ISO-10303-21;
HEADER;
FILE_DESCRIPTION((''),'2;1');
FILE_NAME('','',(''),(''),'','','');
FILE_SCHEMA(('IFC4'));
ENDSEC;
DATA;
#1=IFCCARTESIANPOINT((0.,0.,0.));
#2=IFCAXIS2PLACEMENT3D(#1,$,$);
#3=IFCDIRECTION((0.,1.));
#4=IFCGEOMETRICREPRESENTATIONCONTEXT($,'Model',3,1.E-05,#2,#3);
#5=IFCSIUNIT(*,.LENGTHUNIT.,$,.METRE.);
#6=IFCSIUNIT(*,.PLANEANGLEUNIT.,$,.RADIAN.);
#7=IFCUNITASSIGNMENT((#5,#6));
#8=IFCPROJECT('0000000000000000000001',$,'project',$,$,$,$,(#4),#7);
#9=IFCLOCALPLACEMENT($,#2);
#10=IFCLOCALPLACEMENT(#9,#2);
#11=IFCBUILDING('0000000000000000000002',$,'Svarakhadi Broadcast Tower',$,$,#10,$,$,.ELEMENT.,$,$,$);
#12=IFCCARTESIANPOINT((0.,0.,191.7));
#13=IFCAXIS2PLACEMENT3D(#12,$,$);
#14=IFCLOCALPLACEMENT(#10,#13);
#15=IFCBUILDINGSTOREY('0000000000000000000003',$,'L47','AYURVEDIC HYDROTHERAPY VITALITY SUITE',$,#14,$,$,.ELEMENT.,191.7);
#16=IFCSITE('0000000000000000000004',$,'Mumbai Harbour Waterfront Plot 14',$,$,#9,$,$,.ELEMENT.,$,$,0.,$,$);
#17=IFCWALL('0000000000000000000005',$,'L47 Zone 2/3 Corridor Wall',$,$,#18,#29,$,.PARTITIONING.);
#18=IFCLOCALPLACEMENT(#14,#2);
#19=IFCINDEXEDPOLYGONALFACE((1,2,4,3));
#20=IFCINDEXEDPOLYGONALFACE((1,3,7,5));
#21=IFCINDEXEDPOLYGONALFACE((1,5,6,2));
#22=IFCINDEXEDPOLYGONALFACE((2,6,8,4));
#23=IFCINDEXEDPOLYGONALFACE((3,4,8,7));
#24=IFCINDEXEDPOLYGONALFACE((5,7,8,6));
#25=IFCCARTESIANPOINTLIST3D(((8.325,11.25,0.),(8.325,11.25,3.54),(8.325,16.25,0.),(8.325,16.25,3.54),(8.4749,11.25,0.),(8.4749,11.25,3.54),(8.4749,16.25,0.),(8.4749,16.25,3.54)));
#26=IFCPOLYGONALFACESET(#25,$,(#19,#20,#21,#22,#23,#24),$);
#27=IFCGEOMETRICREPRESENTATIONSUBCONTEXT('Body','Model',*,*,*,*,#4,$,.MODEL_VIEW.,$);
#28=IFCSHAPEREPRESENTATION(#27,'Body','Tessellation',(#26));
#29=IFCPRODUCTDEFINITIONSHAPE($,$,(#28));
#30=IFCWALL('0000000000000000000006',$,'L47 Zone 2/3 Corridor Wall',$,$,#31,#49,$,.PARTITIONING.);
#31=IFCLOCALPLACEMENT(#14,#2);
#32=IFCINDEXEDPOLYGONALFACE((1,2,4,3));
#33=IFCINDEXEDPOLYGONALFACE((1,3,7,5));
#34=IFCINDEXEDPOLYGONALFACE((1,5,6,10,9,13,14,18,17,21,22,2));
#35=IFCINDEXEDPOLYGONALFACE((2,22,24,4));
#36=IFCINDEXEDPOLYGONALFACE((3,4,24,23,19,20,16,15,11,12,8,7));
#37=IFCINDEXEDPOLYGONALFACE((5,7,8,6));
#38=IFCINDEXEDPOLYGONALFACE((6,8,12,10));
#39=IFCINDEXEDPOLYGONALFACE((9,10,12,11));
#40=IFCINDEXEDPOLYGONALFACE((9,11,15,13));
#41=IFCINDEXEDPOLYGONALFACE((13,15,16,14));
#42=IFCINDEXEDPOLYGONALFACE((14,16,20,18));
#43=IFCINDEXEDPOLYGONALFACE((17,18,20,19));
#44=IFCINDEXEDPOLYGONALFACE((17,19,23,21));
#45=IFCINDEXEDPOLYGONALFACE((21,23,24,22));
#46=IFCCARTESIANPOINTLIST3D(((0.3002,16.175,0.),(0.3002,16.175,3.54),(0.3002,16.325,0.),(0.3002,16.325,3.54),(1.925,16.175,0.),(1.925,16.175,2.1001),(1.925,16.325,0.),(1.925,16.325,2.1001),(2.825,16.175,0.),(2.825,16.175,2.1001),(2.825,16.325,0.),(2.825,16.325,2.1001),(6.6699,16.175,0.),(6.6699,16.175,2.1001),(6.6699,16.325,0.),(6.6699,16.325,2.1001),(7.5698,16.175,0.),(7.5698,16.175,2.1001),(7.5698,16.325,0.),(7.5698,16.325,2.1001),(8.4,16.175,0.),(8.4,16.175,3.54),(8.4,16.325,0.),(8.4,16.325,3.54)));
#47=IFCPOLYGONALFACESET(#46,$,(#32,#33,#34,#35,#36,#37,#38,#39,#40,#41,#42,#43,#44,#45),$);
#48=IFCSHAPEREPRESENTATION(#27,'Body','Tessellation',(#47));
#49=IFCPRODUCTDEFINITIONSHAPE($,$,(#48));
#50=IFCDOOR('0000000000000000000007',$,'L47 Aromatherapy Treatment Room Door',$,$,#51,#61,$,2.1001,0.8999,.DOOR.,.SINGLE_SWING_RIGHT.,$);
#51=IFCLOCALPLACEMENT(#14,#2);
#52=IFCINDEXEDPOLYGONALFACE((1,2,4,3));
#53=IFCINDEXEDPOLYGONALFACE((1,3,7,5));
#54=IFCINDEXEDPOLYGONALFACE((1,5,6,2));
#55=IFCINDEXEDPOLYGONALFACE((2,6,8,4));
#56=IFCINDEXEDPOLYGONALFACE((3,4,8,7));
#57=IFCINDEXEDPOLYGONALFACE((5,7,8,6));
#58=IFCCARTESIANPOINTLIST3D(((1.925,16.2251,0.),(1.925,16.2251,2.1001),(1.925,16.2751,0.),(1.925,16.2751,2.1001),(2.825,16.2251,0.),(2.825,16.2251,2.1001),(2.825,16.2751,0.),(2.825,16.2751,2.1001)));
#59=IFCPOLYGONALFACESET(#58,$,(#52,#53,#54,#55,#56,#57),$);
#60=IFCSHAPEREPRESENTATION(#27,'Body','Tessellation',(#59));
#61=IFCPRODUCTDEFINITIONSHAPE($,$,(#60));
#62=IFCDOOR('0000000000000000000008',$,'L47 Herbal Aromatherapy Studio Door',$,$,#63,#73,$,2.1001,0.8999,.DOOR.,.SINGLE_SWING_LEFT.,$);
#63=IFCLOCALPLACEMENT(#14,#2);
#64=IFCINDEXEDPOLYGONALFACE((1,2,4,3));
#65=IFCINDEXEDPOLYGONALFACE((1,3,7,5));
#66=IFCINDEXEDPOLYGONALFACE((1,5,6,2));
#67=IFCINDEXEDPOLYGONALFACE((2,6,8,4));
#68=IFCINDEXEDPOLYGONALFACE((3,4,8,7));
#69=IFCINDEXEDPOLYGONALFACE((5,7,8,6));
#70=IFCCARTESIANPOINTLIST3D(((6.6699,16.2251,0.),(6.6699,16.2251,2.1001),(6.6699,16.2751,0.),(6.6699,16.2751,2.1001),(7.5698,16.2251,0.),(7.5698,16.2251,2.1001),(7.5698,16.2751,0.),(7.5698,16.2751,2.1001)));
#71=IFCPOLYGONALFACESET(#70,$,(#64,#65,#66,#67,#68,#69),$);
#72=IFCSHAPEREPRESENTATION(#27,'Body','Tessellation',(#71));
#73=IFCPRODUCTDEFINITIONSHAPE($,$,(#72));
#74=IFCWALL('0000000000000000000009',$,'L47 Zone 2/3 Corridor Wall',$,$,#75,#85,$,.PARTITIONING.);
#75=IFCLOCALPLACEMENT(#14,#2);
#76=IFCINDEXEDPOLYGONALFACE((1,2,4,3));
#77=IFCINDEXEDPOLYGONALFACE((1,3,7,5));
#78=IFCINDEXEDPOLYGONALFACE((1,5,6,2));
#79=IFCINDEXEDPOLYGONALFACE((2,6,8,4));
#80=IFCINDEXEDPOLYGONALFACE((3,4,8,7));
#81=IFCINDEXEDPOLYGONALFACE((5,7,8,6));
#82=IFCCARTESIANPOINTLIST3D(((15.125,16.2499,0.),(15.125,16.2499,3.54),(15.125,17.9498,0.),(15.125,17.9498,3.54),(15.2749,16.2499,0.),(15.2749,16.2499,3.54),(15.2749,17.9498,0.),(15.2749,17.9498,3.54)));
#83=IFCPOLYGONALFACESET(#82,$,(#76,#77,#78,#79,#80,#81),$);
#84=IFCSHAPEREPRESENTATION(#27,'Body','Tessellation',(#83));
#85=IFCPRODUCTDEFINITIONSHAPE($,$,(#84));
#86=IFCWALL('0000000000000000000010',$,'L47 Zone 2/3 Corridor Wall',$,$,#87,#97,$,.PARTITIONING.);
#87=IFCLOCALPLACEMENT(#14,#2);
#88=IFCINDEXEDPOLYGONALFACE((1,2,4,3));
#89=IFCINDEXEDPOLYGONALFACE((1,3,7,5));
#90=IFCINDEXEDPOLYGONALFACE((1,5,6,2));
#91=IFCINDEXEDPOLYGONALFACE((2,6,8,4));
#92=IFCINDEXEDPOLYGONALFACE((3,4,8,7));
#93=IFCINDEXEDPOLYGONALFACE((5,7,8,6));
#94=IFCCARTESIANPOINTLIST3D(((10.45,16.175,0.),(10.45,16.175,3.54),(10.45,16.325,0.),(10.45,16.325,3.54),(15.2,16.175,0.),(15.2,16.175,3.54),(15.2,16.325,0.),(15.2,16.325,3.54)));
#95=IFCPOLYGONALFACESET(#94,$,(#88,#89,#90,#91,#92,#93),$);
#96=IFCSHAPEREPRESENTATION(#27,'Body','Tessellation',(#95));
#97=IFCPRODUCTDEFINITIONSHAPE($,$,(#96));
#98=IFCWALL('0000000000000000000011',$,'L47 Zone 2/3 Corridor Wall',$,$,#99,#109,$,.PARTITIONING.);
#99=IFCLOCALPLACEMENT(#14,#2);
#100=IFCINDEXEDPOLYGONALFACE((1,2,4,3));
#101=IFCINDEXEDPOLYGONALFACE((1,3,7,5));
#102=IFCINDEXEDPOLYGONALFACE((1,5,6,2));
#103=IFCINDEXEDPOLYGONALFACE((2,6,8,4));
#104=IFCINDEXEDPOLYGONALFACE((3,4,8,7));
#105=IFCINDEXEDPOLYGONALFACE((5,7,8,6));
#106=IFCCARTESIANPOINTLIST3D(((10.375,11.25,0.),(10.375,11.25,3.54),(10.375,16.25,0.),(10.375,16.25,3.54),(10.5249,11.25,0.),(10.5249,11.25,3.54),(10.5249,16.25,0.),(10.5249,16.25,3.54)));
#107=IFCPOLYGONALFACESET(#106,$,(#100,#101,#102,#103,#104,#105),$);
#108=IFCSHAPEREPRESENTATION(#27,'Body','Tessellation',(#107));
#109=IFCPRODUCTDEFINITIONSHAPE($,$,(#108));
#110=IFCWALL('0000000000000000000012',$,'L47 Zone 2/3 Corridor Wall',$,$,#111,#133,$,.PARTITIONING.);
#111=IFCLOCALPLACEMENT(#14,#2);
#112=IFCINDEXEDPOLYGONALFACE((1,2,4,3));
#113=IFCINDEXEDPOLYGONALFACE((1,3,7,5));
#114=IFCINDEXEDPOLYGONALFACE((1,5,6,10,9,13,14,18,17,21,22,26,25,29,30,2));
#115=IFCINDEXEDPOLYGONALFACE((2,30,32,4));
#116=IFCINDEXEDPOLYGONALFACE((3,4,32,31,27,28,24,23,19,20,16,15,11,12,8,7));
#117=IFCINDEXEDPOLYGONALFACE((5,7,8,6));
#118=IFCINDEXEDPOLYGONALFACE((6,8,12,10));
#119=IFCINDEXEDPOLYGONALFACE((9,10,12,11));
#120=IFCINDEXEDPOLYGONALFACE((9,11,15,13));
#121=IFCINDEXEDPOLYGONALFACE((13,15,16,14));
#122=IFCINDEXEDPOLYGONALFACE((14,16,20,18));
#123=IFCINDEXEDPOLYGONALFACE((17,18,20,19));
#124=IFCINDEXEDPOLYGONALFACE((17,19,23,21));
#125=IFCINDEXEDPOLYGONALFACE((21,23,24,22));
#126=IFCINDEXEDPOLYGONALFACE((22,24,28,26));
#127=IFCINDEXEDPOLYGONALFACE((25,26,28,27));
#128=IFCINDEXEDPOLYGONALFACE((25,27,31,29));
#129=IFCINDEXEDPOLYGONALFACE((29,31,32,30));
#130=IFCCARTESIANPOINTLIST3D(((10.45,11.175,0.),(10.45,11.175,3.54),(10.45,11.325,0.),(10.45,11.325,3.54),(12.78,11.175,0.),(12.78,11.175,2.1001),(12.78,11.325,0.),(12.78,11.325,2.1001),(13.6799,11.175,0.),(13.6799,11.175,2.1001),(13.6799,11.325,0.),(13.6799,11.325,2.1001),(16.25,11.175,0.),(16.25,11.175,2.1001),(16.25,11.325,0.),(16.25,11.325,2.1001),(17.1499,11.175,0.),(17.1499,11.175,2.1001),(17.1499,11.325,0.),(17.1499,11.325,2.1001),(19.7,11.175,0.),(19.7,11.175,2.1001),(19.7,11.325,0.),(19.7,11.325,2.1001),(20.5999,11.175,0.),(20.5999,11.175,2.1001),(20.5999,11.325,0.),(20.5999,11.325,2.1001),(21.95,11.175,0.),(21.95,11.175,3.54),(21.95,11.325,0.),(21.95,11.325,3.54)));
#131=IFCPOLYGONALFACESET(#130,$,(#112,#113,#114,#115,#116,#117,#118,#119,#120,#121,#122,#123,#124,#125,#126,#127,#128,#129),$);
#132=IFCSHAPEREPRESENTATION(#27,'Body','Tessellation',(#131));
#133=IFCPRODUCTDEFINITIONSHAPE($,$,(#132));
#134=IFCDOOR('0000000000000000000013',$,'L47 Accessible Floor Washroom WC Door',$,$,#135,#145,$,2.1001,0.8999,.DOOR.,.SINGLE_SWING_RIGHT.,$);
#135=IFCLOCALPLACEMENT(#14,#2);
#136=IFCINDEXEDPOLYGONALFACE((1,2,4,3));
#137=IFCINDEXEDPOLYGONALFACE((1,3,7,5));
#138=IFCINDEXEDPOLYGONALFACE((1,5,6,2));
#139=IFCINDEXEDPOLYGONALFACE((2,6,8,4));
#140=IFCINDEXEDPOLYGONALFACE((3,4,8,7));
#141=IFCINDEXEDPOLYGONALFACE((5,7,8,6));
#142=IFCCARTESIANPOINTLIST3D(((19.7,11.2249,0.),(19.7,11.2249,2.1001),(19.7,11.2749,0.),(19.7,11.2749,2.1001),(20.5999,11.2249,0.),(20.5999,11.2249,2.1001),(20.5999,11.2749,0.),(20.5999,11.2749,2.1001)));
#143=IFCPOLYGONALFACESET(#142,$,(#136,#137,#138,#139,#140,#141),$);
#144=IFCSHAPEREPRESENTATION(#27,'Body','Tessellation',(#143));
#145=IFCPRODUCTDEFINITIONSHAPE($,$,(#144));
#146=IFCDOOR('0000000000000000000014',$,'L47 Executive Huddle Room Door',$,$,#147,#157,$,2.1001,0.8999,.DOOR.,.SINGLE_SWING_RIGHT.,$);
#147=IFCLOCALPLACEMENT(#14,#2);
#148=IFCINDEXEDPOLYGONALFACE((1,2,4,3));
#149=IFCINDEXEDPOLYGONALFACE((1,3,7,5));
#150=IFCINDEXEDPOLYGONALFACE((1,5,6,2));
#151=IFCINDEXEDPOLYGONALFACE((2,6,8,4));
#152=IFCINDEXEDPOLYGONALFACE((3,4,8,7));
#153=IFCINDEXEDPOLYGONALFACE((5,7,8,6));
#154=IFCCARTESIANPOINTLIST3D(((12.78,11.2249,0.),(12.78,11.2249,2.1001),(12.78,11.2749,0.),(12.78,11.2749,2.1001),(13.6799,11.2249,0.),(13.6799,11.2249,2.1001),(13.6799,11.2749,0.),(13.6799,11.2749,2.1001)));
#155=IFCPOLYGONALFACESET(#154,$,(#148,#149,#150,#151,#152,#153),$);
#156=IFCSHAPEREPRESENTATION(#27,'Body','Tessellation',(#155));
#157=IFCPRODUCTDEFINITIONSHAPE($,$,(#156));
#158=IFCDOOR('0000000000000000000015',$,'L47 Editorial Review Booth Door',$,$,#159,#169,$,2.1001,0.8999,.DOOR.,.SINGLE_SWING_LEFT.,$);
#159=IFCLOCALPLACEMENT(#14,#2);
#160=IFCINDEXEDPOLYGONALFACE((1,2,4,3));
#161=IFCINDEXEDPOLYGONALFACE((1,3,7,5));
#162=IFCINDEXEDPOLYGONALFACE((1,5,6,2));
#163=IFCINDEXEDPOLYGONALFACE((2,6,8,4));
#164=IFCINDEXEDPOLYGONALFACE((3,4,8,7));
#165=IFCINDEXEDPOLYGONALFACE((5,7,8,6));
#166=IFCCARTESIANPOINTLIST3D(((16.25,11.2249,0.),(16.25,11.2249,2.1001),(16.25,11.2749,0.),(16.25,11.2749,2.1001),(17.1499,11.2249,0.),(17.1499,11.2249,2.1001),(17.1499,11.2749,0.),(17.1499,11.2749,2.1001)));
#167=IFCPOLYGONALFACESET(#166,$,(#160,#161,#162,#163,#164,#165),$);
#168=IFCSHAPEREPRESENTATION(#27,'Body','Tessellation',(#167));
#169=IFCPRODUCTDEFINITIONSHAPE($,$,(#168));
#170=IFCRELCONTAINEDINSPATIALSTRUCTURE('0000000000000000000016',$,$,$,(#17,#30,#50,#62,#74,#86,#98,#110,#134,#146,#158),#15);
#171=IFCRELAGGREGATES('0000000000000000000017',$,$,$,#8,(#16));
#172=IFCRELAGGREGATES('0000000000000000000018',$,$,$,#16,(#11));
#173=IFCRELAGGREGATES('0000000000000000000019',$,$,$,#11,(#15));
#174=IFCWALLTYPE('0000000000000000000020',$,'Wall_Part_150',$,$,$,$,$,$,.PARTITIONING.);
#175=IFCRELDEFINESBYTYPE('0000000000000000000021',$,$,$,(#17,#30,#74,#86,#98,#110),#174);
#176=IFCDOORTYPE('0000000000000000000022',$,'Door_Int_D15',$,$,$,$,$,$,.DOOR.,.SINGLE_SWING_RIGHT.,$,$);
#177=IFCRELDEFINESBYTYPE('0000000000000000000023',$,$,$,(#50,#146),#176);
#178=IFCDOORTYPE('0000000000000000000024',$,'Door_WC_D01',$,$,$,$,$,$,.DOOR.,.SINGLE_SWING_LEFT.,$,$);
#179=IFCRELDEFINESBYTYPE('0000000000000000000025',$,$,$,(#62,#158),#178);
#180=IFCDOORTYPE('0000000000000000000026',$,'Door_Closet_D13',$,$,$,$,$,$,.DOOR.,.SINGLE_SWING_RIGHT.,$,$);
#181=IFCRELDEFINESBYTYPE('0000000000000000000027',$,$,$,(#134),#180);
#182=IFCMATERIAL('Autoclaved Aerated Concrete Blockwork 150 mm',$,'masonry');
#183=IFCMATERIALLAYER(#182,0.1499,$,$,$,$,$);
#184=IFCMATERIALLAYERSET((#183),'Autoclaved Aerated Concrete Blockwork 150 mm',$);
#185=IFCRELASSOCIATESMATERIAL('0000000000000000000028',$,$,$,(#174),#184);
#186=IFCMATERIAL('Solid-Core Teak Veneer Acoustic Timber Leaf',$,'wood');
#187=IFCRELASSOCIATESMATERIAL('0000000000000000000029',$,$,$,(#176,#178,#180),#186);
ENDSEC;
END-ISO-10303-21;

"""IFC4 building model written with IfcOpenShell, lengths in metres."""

from ifc_helpers import new_model, si_unit, direction, frame, frame_2d, origin, place, context, subcontext, project, spatial, rectangle, extrude, material, layer, layer_set, type_object, element, fill, save


model = new_model("IFC4")

# Units and contexts
model_context = context("Model", 3, precision=1e-05, world=origin(), true_north=direction((0.0, 1.0)))
body_context = subcontext(model_context, "Body", "Model", "MODEL_VIEW")
ifc_project = project(units=[si_unit("LENGTHUNIT", "METRE"), si_unit("PLANEANGLEUNIT", "RADIAN")], contexts=[model_context])

# Site, building, storey
site_placement = place(None, origin())
site = spatial("IfcSite", under=ifc_project, at=site_placement, Name="Mumbai Harbour Waterfront Plot 14", CompositionType="ELEMENT", RefElevation=0.0)
building_placement = place(site_placement, origin())
building = spatial("IfcBuilding", under=site, at=building_placement, Name="Svarakhadi Broadcast Tower", CompositionType="ELEMENT")
storey_placement = place(building_placement, frame((0.0, 0.0, 191.7)))
storey = spatial("IfcBuildingStorey", under=building, at=storey_placement, Name="L47", Description="AYURVEDIC HYDROTHERAPY VITALITY SUITE", CompositionType="ELEMENT", Elevation=191.7)

# Wall
ifc_material_1 = material(Name="Autoclaved Aerated Concrete Blockwork 150 mm", Category="masonry")
ifc_layer_1 = layer(ifc_material_1, 0.1499)
ifc_layer_set_1 = layer_set([ifc_layer_1], Name="Autoclaved Aerated Concrete Blockwork 150 mm")
wall_type_1 = type_object("IfcWallType", Name="Wall_Part_150", PredefinedType="PARTITIONING", material=ifc_layer_set_1)
wall_1_placement = place(storey_placement, frame((8.3999, 11.25, 0.0), z_axis=(0.0, 0.0, 1.0), x_axis=(0.0, 1.0, 0.0)))
element("IfcWall", 1, at=wall_1_placement, inside=storey, type_object=wall_type_1, Name="L47 Zone 2/3 Corridor Wall", PredefinedType="PARTITIONING", context=body_context, shape_type="SweptSolid", body=[
    extrude(rectangle(XDim=5.0, YDim=0.1499, at=frame_2d((2.5, 0.0))), origin(), (0.0, 0.0, 1.0), 3.54),
])

# Wall, openings, doors
wall_2_placement = place(storey_placement, frame((8.3999, 16.25, 0.0), z_axis=(0.0, 0.0, 1.0), x_axis=(-1.0, 0.0, 0.0)))
wall_2 = element("IfcWall", 2, at=wall_2_placement, inside=storey, type_object=wall_type_1, Name="L47 Zone 2/3 Corridor Wall", PredefinedType="PARTITIONING", context=body_context, shape_type="SweptSolid", body=[
    extrude(rectangle(XDim=8.0999, YDim=0.1499, at=frame_2d((4.0498, 0.0))), origin(), (0.0, 0.0, 1.0), 3.54),
])
opening_1_placement = place(wall_2_placement, frame((5.575, 0.0, 0.0)))
opening_1 = element("IfcOpeningElement", 3, at=opening_1_placement, cuts=wall_2, PredefinedType="OPENING", context=body_context, shape_type="SweptSolid", body=[
    extrude(rectangle(XDim=0.8999, YDim=2.1001, at=frame_2d((0.45, 1.05))), frame((0.0, 0.085, 0.0), z_axis=(0.0, -1.0, 0.0), x_axis=(1.0, 0.0, 0.0)), (0.0, 0.0, 1.0), 0.1699),
])
opening_2_placement = place(wall_2_placement, frame((0.8301, 0.0, 0.0)))
opening_2 = element("IfcOpeningElement", 4, at=opening_2_placement, cuts=wall_2, PredefinedType="OPENING", context=body_context, shape_type="SweptSolid", body=[
    extrude(rectangle(XDim=0.8999, YDim=2.1001, at=frame_2d((0.45, 1.05))), frame((0.0, 0.085, 0.0), z_axis=(0.0, -1.0, 0.0), x_axis=(1.0, 0.0, 0.0)), (0.0, 0.0, 1.0), 0.1699),
])
ifc_material_2 = material(Name="Solid-Core Teak Veneer Acoustic Timber Leaf", Category="wood")
door_type_1 = type_object("IfcDoorType", Name="Door_Int_D15", OperationType="SINGLE_SWING_RIGHT", PredefinedType="DOOR", material=ifc_material_2)
door_1_placement = place(opening_1_placement, origin())
door_1 = element("IfcDoor", 5, at=door_1_placement, inside=storey, type_object=door_type_1, Name="L47 Aromatherapy Treatment Room Door", OperationType="SINGLE_SWING_RIGHT", OverallHeight=2.1001, OverallWidth=0.8999, PredefinedType="DOOR", context=body_context, shape_type="SweptSolid", body=[
    extrude(rectangle(XDim=0.8999, YDim=2.1001, at=frame_2d((0.45, 1.05))), frame((0.0, 0.0249, 0.0), z_axis=(0.0, -1.0, 0.0), x_axis=(1.0, 0.0, 0.0)), (0.0, 0.0, 1.0), 0.05),
])
fill(opening_1, door_1)
door_type_2 = type_object("IfcDoorType", Name="Door_WC_D01", OperationType="SINGLE_SWING_LEFT", PredefinedType="DOOR", material=ifc_material_2)
door_2_placement = place(opening_2_placement, origin())
door_2 = element("IfcDoor", 6, at=door_2_placement, inside=storey, type_object=door_type_2, Name="L47 Herbal Aromatherapy Studio Door", OperationType="SINGLE_SWING_LEFT", OverallHeight=2.1001, OverallWidth=0.8999, PredefinedType="DOOR", context=body_context, shape_type="SweptSolid", body=[
    extrude(rectangle(XDim=0.8999, YDim=2.1001, at=frame_2d((0.45, 1.05))), frame((0.0, 0.0249, 0.0), z_axis=(0.0, -1.0, 0.0), x_axis=(1.0, 0.0, 0.0)), (0.0, 0.0, 1.0), 0.05),
])
fill(opening_2, door_2)

# Walls
wall_3_placement = place(storey_placement, frame((15.2, 17.95, 0.0), z_axis=(0.0, 0.0, 1.0), x_axis=(0.0, -1.0, 0.0)))
element("IfcWall", 7, at=wall_3_placement, inside=storey, type_object=wall_type_1, Name="L47 Zone 2/3 Corridor Wall", PredefinedType="PARTITIONING", context=body_context, shape_type="SweptSolid", body=[
    extrude(rectangle(XDim=1.7, YDim=0.1499, at=frame_2d((0.8501, 0.0))), origin(), (0.0, 0.0, 1.0), 3.54),
])
wall_4_placement = place(storey_placement, frame((15.2, 16.25, 0.0), z_axis=(0.0, 0.0, 1.0), x_axis=(-1.0, 0.0, 0.0)))
element("IfcWall", 8, at=wall_4_placement, inside=storey, type_object=wall_type_1, Name="L47 Zone 2/3 Corridor Wall", PredefinedType="PARTITIONING", context=body_context, shape_type="SweptSolid", body=[
    extrude(rectangle(XDim=4.75, YDim=0.1499, at=frame_2d((2.375, 0.0))), origin(), (0.0, 0.0, 1.0), 3.54),
])
wall_5_placement = place(storey_placement, frame((10.45, 16.25, 0.0), z_axis=(0.0, 0.0, 1.0), x_axis=(0.0, -1.0, 0.0)))
element("IfcWall", 9, at=wall_5_placement, inside=storey, type_object=wall_type_1, Name="L47 Zone 2/3 Corridor Wall", PredefinedType="PARTITIONING", context=body_context, shape_type="SweptSolid", body=[
    extrude(rectangle(XDim=5.0, YDim=0.1499, at=frame_2d((2.5, 0.0))), origin(), (0.0, 0.0, 1.0), 3.54),
])

# Wall, openings, doors
wall_6_placement = place(storey_placement, frame((10.45, 11.25, 0.0), z_axis=(0.0, 0.0, 1.0), x_axis=(1.0, 0.0, 0.0)))
wall_6 = element("IfcWall", 10, at=wall_6_placement, inside=storey, type_object=wall_type_1, Name="L47 Zone 2/3 Corridor Wall", PredefinedType="PARTITIONING", context=body_context, shape_type="SweptSolid", body=[
    extrude(rectangle(XDim=11.5, YDim=0.1499, at=frame_2d((5.75, 0.0))), origin(), (0.0, 0.0, 1.0), 3.54),
])
opening_3_placement = place(wall_6_placement, frame((2.3301, 0.0, 0.0)))
opening_3 = element("IfcOpeningElement", 11, at=opening_3_placement, cuts=wall_6, PredefinedType="OPENING", context=body_context, shape_type="SweptSolid", body=[
    extrude(rectangle(XDim=0.8999, YDim=2.1001, at=frame_2d((0.45, 1.05))), frame((0.0, 0.085, 0.0), z_axis=(0.0, -1.0, 0.0), x_axis=(1.0, 0.0, 0.0)), (0.0, 0.0, 1.0), 0.1699),
])
opening_4_placement = place(wall_6_placement, frame((5.8, 0.0, 0.0)))
opening_4 = element("IfcOpeningElement", 12, at=opening_4_placement, cuts=wall_6, PredefinedType="OPENING", context=body_context, shape_type="SweptSolid", body=[
    extrude(rectangle(XDim=0.8999, YDim=2.1001, at=frame_2d((0.45, 1.05))), frame((0.0, 0.085, 0.0), z_axis=(0.0, -1.0, 0.0), x_axis=(1.0, 0.0, 0.0)), (0.0, 0.0, 1.0), 0.1699),
])
opening_5_placement = place(wall_6_placement, frame((9.25, 0.0, 0.0)))
opening_5 = element("IfcOpeningElement", 13, at=opening_5_placement, cuts=wall_6, PredefinedType="OPENING", context=body_context, shape_type="SweptSolid", body=[
    extrude(rectangle(XDim=0.8999, YDim=2.1001, at=frame_2d((0.45, 1.05))), frame((0.0, 0.085, 0.0), z_axis=(0.0, -1.0, 0.0), x_axis=(1.0, 0.0, 0.0)), (0.0, 0.0, 1.0), 0.1699),
])
door_type_3 = type_object("IfcDoorType", Name="Door_Closet_D13", OperationType="SINGLE_SWING_RIGHT", PredefinedType="DOOR", material=ifc_material_2)
door_3_placement = place(opening_5_placement, origin())
door_3 = element("IfcDoor", 14, at=door_3_placement, inside=storey, type_object=door_type_3, Name="L47 Accessible Floor Washroom WC Door", OperationType="SINGLE_SWING_RIGHT", OverallHeight=2.1001, OverallWidth=0.8999, PredefinedType="DOOR", context=body_context, shape_type="SweptSolid", body=[
    extrude(rectangle(XDim=0.8999, YDim=2.1001, at=frame_2d((0.45, 1.05))), frame((0.0, 0.0249, 0.0), z_axis=(0.0, -1.0, 0.0), x_axis=(1.0, 0.0, 0.0)), (0.0, 0.0, 1.0), 0.05),
])
fill(opening_5, door_3)
door_4_placement = place(opening_3_placement, origin())
door_4 = element("IfcDoor", 15, at=door_4_placement, inside=storey, type_object=door_type_1, Name="L47 Executive Huddle Room Door", OperationType="SINGLE_SWING_RIGHT", OverallHeight=2.1001, OverallWidth=0.8999, PredefinedType="DOOR", context=body_context, shape_type="SweptSolid", body=[
    extrude(rectangle(XDim=0.8999, YDim=2.1001, at=frame_2d((0.45, 1.05))), frame((0.0, 0.0249, 0.0), z_axis=(0.0, -1.0, 0.0), x_axis=(1.0, 0.0, 0.0)), (0.0, 0.0, 1.0), 0.05),
])
fill(opening_3, door_4)
door_5_placement = place(opening_4_placement, origin())
door_5 = element("IfcDoor", 16, at=door_5_placement, inside=storey, type_object=door_type_2, Name="L47 Editorial Review Booth Door", OperationType="SINGLE_SWING_LEFT", OverallHeight=2.1001, OverallWidth=0.8999, PredefinedType="DOOR", context=body_context, shape_type="SweptSolid", body=[
    extrude(rectangle(XDim=0.8999, YDim=2.1001, at=frame_2d((0.45, 1.05))), frame((0.0, 0.0249, 0.0), z_axis=(0.0, -1.0, 0.0), x_axis=(1.0, 0.0, 0.0)), (0.0, 0.0, 1.0), 0.05),
])
fill(opening_4, door_5)

save(model, "model.ifc")
